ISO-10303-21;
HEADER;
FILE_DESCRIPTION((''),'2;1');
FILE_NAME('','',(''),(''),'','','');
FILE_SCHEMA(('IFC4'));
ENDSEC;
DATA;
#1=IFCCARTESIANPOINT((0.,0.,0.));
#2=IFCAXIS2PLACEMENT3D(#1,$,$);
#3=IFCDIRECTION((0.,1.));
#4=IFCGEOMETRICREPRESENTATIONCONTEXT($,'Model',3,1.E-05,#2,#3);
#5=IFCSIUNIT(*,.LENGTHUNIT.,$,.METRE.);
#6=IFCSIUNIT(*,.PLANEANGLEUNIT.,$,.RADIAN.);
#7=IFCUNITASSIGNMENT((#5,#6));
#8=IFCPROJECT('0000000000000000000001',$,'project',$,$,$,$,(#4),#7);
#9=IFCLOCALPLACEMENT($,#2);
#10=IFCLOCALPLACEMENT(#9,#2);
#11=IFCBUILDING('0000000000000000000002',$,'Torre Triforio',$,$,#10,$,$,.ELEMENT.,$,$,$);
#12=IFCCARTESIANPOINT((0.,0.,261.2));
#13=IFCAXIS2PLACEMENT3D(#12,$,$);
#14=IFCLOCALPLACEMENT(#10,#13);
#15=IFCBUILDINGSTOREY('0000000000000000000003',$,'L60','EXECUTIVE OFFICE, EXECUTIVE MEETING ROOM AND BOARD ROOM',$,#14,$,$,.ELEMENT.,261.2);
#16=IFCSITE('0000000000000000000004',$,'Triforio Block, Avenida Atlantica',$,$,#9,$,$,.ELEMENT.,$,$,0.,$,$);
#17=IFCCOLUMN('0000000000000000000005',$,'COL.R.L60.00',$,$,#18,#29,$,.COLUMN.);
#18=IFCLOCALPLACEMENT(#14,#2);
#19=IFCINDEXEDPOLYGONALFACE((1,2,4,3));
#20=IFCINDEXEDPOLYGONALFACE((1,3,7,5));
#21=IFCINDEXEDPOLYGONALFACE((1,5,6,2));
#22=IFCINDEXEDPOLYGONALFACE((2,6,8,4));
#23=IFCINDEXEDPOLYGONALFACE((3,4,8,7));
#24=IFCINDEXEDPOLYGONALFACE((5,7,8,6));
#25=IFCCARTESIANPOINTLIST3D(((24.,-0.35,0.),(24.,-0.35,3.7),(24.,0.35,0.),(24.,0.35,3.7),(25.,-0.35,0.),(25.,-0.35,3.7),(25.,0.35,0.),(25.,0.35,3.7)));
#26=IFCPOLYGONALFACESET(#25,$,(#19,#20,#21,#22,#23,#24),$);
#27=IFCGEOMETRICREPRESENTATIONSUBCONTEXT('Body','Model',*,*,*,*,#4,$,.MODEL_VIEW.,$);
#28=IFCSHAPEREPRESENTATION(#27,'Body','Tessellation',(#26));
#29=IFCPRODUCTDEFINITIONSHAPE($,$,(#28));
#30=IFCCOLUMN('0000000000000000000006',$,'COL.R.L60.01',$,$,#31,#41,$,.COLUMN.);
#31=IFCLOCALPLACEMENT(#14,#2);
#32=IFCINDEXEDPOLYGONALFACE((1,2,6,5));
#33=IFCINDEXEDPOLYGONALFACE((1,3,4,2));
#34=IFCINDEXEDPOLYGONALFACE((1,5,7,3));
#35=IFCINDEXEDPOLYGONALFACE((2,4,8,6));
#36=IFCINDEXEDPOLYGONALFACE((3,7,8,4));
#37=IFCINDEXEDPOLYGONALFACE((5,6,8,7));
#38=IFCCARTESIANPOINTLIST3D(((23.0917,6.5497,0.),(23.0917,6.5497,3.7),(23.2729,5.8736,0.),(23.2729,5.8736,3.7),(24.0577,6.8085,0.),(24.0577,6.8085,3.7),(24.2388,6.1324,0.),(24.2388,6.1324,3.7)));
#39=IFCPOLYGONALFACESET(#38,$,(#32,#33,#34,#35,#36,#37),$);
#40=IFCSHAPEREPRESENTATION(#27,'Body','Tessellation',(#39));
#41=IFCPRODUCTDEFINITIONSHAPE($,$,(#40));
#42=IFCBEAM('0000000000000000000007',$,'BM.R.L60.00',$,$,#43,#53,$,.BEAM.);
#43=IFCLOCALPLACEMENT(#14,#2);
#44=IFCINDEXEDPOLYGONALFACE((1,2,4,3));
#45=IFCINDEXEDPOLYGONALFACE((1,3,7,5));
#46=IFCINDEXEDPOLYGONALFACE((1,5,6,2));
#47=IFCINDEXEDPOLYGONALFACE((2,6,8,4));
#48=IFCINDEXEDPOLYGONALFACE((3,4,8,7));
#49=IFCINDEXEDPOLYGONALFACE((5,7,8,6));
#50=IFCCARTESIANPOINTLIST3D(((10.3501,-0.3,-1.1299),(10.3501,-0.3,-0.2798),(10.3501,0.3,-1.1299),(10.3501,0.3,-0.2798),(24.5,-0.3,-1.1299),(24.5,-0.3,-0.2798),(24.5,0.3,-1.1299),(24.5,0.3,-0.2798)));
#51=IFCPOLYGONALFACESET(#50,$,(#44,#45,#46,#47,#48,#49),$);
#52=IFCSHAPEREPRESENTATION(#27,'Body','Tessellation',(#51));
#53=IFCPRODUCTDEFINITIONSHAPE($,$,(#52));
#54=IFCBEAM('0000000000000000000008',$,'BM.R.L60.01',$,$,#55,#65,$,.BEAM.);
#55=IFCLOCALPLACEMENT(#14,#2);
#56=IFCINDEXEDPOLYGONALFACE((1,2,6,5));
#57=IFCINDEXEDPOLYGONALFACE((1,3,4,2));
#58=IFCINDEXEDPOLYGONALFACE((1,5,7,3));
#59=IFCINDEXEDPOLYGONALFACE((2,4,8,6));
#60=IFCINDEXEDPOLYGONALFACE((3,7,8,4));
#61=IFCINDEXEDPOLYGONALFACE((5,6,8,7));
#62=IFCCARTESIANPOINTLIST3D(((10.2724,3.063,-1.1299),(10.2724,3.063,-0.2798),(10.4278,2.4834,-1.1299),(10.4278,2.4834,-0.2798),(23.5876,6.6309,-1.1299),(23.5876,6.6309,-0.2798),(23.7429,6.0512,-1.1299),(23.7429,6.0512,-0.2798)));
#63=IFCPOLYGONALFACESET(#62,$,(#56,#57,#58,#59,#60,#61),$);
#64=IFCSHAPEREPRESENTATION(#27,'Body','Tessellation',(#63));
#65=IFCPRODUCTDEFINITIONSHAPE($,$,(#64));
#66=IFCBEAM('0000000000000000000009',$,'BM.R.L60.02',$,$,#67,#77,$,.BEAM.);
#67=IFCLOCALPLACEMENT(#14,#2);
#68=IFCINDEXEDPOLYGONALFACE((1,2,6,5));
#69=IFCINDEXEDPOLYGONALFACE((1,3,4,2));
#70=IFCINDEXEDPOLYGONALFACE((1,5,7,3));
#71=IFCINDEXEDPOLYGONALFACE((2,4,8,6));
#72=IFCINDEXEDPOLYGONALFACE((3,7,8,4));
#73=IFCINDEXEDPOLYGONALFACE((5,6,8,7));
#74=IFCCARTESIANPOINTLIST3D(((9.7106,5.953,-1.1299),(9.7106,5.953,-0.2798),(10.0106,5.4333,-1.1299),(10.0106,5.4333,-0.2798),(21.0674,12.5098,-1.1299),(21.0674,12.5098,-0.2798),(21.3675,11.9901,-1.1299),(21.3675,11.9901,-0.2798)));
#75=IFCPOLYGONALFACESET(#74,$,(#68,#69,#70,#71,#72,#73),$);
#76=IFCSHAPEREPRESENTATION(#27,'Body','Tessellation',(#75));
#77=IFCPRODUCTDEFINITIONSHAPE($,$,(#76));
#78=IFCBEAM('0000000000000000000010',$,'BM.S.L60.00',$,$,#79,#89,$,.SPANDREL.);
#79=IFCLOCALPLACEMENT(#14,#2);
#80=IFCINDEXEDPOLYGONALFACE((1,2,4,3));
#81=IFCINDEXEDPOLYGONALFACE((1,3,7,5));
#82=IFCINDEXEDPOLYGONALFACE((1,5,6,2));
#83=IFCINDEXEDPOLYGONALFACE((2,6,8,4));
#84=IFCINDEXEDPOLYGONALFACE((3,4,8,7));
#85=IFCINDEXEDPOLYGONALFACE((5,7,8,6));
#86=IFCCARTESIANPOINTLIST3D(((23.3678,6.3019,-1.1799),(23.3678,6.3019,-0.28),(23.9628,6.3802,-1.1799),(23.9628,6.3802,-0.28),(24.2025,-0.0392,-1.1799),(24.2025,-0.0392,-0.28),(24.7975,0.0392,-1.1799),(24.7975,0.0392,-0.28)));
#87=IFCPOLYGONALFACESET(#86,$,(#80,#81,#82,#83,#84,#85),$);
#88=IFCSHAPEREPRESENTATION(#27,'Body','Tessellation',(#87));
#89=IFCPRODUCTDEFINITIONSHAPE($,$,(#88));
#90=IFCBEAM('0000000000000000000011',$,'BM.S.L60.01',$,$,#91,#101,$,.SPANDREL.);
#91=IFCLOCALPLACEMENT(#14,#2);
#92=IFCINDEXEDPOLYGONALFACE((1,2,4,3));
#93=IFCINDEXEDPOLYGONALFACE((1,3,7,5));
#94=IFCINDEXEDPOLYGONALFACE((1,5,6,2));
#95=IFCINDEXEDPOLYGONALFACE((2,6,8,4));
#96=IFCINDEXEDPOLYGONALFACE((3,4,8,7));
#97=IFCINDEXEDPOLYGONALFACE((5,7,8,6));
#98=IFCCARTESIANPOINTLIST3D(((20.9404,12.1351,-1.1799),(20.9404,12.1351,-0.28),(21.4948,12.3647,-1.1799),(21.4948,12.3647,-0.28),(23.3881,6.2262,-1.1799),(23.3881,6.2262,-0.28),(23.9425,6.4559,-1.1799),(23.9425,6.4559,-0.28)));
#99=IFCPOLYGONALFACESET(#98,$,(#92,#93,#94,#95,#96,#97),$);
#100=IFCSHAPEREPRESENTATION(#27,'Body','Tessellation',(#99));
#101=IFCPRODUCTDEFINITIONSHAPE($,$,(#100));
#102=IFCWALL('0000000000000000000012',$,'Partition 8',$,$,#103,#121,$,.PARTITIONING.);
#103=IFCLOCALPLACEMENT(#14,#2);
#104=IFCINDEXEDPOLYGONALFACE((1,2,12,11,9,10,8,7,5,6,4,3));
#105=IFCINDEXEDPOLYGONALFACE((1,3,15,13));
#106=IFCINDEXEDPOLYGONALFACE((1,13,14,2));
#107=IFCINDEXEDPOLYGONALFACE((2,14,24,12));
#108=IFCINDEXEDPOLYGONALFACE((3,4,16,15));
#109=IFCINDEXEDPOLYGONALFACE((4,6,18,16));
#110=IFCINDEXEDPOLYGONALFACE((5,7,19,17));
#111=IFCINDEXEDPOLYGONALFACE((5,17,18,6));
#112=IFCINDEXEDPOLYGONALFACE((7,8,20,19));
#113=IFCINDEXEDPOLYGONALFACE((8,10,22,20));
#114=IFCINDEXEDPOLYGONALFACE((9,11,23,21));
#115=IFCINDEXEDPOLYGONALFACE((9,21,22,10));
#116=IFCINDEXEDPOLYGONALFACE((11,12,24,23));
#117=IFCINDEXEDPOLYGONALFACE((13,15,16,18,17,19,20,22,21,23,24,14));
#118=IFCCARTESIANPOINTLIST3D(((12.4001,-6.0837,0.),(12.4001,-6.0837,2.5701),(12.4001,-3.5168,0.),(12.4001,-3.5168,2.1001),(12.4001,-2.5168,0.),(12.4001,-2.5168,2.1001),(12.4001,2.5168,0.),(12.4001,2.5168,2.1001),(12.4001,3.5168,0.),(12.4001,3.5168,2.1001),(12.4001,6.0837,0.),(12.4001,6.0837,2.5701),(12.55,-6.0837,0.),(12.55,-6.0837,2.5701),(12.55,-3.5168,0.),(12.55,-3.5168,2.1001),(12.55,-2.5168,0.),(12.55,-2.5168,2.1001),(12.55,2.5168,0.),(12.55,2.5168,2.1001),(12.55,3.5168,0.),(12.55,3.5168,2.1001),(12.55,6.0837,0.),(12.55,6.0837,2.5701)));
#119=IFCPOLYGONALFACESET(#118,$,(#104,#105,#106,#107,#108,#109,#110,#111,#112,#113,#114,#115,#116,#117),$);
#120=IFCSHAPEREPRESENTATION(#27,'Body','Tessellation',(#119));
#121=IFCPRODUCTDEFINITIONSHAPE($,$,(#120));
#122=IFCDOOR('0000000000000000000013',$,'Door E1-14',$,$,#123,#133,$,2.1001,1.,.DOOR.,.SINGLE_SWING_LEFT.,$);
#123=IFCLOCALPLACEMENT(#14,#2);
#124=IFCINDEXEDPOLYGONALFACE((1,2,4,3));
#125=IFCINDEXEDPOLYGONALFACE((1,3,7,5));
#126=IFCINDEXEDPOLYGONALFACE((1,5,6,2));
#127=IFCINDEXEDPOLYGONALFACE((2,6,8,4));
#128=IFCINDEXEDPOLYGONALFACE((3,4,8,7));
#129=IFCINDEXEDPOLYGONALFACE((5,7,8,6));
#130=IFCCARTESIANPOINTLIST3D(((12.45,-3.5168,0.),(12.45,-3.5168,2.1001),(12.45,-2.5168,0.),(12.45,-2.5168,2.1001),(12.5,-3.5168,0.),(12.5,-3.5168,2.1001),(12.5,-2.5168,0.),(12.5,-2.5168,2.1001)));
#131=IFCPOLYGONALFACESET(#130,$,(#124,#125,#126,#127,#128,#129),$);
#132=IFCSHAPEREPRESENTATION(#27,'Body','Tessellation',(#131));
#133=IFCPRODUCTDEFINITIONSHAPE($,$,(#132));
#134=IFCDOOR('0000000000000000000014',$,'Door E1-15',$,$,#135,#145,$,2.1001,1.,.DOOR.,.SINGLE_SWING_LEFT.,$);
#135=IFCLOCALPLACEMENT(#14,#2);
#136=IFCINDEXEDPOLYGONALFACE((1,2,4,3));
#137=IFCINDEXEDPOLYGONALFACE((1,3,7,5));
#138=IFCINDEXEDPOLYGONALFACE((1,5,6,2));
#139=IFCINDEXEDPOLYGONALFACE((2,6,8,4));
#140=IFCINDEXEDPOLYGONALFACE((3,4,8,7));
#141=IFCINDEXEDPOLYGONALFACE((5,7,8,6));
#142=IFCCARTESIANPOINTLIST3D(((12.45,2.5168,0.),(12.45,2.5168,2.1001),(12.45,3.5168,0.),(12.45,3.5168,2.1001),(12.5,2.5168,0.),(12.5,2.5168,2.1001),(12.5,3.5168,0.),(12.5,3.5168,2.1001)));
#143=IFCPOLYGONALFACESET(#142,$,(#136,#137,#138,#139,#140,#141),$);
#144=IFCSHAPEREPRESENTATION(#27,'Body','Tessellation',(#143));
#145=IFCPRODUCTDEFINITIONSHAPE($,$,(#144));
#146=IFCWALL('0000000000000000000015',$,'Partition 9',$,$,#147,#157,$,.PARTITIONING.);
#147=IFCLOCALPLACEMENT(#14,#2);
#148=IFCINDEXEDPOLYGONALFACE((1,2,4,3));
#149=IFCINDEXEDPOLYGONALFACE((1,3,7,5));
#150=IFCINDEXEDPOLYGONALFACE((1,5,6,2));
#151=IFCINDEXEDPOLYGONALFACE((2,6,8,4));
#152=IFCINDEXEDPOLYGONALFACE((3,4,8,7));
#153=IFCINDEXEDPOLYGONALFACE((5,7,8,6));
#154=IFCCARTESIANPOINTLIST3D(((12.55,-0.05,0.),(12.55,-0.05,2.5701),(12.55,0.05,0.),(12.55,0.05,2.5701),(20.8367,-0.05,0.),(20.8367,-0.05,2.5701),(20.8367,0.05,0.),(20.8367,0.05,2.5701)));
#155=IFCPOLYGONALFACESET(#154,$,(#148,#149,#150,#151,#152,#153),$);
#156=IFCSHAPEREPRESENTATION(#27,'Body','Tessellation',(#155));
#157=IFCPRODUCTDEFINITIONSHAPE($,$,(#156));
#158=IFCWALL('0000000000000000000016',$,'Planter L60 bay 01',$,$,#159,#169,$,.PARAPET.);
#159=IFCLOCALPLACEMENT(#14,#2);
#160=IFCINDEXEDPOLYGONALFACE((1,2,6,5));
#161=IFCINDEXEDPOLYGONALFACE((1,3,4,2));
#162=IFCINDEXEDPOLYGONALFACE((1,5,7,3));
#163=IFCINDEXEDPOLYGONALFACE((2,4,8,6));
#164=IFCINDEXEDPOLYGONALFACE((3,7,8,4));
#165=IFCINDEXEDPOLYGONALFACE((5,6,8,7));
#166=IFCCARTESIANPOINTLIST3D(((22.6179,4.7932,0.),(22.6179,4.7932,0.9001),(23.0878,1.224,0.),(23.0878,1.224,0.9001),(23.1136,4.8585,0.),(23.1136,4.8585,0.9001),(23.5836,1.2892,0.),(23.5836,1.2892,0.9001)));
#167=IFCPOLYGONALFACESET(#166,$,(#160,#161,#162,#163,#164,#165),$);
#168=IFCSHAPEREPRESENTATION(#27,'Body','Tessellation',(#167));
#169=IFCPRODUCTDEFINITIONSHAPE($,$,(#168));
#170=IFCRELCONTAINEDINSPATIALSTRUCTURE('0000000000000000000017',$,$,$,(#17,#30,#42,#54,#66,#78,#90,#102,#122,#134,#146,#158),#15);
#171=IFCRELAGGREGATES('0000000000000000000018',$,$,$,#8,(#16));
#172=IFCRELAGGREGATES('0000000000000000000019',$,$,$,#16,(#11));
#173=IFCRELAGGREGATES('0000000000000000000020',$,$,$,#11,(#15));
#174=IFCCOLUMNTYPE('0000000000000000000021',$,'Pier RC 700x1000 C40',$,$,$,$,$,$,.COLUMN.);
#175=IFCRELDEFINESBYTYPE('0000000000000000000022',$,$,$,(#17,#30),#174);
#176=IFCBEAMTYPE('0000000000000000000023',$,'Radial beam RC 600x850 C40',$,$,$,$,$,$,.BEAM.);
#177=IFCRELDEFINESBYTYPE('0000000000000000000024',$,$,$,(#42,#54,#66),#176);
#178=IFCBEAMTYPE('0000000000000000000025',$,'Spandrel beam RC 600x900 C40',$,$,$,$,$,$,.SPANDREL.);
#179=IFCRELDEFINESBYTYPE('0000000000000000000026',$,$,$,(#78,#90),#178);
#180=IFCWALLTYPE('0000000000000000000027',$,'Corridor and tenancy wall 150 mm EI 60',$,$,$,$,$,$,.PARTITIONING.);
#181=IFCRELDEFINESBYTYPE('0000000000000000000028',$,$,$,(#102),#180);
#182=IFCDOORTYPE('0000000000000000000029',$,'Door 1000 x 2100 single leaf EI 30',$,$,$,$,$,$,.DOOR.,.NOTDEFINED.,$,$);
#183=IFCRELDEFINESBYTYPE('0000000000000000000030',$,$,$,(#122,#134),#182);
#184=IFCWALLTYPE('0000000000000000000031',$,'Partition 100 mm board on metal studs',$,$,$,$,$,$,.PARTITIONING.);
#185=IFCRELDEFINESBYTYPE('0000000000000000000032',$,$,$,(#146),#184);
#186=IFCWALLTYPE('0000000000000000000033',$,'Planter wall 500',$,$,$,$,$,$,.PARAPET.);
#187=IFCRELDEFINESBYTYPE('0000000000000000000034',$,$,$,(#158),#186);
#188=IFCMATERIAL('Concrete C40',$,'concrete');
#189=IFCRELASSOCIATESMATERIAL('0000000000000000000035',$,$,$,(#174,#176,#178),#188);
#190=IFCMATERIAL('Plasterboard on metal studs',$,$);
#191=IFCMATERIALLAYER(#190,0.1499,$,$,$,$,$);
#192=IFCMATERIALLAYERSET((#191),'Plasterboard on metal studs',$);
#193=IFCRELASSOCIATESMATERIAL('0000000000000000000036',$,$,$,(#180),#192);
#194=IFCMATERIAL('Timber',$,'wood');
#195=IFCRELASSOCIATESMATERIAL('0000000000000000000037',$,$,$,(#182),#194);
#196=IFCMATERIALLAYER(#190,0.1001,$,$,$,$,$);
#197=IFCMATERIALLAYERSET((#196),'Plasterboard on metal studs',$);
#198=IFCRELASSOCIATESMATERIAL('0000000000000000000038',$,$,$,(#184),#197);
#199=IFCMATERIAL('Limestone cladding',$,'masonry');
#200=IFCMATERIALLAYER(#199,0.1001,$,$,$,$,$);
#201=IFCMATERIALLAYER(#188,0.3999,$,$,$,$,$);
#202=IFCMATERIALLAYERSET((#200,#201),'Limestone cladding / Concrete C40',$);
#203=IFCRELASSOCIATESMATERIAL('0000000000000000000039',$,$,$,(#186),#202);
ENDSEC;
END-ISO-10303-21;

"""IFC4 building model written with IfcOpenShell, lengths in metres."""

from ifc_helpers import new_model, si_unit, direction, frame, frame_2d, origin, origin_2d, place, context, subcontext, project, spatial, rectangle, extrude, material, layer, layer_set, material_profile, profile_set, type_object, element, fill, save


model = new_model("IFC4")

# Units and contexts
model_context = context("Model", 3, precision=1e-05, world=origin(), true_north=direction((0.0, 1.0)))
body_context = subcontext(model_context, "Body", "Model", "MODEL_VIEW")
ifc_project = project(units=[si_unit("LENGTHUNIT", "METRE"), si_unit("PLANEANGLEUNIT", "RADIAN")], contexts=[model_context])

# Site, building, storey
site_placement = place(None, origin())
site = spatial("IfcSite", under=ifc_project, at=site_placement, Name="Triforio Block, Avenida Atlantica", CompositionType="ELEMENT", RefElevation=0.0)
building_placement = place(site_placement, origin())
building = spatial("IfcBuilding", under=site, at=building_placement, Name="Torre Triforio", CompositionType="ELEMENT")
storey_placement = place(building_placement, frame((0.0, 0.0, 261.2)))
storey = spatial("IfcBuildingStorey", under=building, at=storey_placement, Name="L60", Description="EXECUTIVE OFFICE, EXECUTIVE MEETING ROOM AND BOARD ROOM", CompositionType="ELEMENT", Elevation=261.2)

# Columns
ifc_material_1 = material(Name="Concrete C40", Category="concrete")
ifc_material_profile_1 = material_profile(ifc_material_1, rectangle(XDim=0.7, YDim=1.0, at=origin_2d()), Name="RC 700x1000")
ifc_profile_set_1 = profile_set([ifc_material_profile_1], Name="Concrete C40")
column_type = type_object("IfcColumnType", Name="Pier RC 700x1000 C40", PredefinedType="COLUMN", material=ifc_profile_set_1)
for number, where, z_axis, x_axis, name in (
    (1, (24.5, 0.0, 0.0), (0.0, 0.0, 1.0), (0.0, 1.0, 0.0), "COL.R.L60.00"),
    (2, (23.6653, 6.3411, 0.0), (0.0, 0.0, 1.0), (-0.258819, 0.965926, 0.0), "COL.R.L60.01"),
):
    element("IfcColumn", number, at=place(storey_placement, frame(where, z_axis=z_axis, x_axis=x_axis)), inside=storey, type_object=column_type, Name=name, PredefinedType="COLUMN", context=body_context, shape_type="SweptSolid", body=[
        extrude(rectangle(XDim=0.7, YDim=1.0, at=origin_2d()), origin(), (0.0, 0.0, 1.0), 3.7),
    ])

# Beams
ifc_material_profile_2 = material_profile(ifc_material_1, rectangle(XDim=0.6001, YDim=0.8501, at=origin_2d()), Name="RC 600x850")
ifc_profile_set_2 = profile_set([ifc_material_profile_2], Name="Concrete C40")
beam_type_1 = type_object("IfcBeamType", Name="Radial beam RC 600x850 C40", PredefinedType="BEAM", material=ifc_profile_set_2)
beam_1_placement = place(storey_placement, frame((10.3501, 0.0, -0.7048), z_axis=(1.0, 0.0, 0.0), x_axis=(0.0, 1.0, 0.0)))
element("IfcBeam", 3, at=beam_1_placement, inside=storey, type_object=beam_type_1, Name="BM.R.L60.00", PredefinedType="BEAM", context=body_context, shape_type="SweptSolid", body=[
    extrude(rectangle(XDim=0.6001, YDim=0.8501, at=origin_2d()), origin(), (0.0, 0.0, 1.0), 14.1499),
])
beam_2_placement = place(storey_placement, frame((10.3501, 2.7732, -0.7048), z_axis=(0.965924, 0.258824, 0.0), x_axis=(-0.258824, 0.965924, 0.0)))
element("IfcBeam", 4, at=beam_2_placement, inside=storey, type_object=beam_type_1, Name="BM.R.L60.01", PredefinedType="BEAM", context=body_context, shape_type="SweptSolid", body=[
    extrude(rectangle(XDim=0.6001, YDim=0.8501, at=origin_2d()), origin(), (0.0, 0.0, 1.0), 13.7849),
])
beam_3_placement = place(storey_placement, frame((9.8606, 5.6931, -0.7048), z_axis=(0.866027, 0.499997, 0.0), x_axis=(-0.499997, 0.866027, 0.0)))
element("IfcBeam", 5, at=beam_3_placement, inside=storey, type_object=beam_type_1, Name="BM.R.L60.02", PredefinedType="BEAM", context=body_context, shape_type="SweptSolid", body=[
    extrude(rectangle(XDim=0.6001, YDim=0.8501, at=origin_2d()), origin(), (0.0, 0.0, 1.0), 13.1138),
])
ifc_material_profile_3 = material_profile(ifc_material_1, rectangle(XDim=0.6001, YDim=0.8999, at=origin_2d()), Name="RC 600x900")
ifc_profile_set_3 = profile_set([ifc_material_profile_3], Name="Concrete C40")
beam_type_2 = type_object("IfcBeamType", Name="Spandrel beam RC 600x900 C40", PredefinedType="SPANDREL", material=ifc_profile_set_3)
for number, where, z_axis, x_axis, name in (
    (6, (24.5, 0.0, -0.73), (-0.130511, 0.991447, 0.0), (-0.991447, -0.130511, 0.0), "BM.S.L60.00"),
    (7, (23.6653, 6.3411, -0.73), (-0.382709, 0.923869, 0.0), (-0.923869, -0.382709, 0.0), "BM.S.L60.01"),
):
    element("IfcBeam", number, at=place(storey_placement, frame(where, z_axis=z_axis, x_axis=x_axis)), inside=storey, type_object=beam_type_2, Name=name, PredefinedType="SPANDREL", context=body_context, shape_type="SweptSolid", body=[
        extrude(rectangle(XDim=0.6001, YDim=0.8999, at=origin_2d()), origin(), (0.0, 0.0, 1.0), 6.3958),
    ])

# Wall, openings, doors
ifc_material_2 = material(Name="Plasterboard on metal studs")
ifc_layer_1 = layer(ifc_material_2, 0.1499)
ifc_layer_set_1 = layer_set([ifc_layer_1], Name="Plasterboard on metal studs")
wall_type_1 = type_object("IfcWallType", Name="Corridor and tenancy wall 150 mm EI 60", PredefinedType="PARTITIONING", material=ifc_layer_set_1)
wall_1_placement = place(storey_placement, frame((12.4751, 6.0837, 0.0), z_axis=(0.0, 0.0, 1.0), x_axis=(0.0, -1.0, 0.0)))
wall_1 = element("IfcWall", 8, at=wall_1_placement, inside=storey, type_object=wall_type_1, Name="Partition 8", PredefinedType="PARTITIONING", context=body_context, shape_type="SweptSolid", body=[
    extrude(rectangle(XDim=12.1675, YDim=0.1499, at=frame_2d((6.0837, 0.0))), origin(), (0.0, 0.0, 1.0), 2.5701),
])
opening_1_placement = place(wall_1_placement, frame((8.6006, 0.0, 0.0)))
opening_1 = element("IfcOpeningElement", 9, at=opening_1_placement, cuts=wall_1, PredefinedType="OPENING", context=body_context, shape_type="SweptSolid", body=[
    extrude(rectangle(XDim=1.0, YDim=2.1001, at=frame_2d((0.5, 1.05))), frame((0.0, 0.085, 0.0), z_axis=(0.0, -1.0, 0.0), x_axis=(1.0, 0.0, 0.0)), (0.0, 0.0, 1.0), 0.1699),
])
opening_2_placement = place(wall_1_placement, frame((2.5669, 0.0, 0.0)))
opening_2 = element("IfcOpeningElement", 10, at=opening_2_placement, cuts=wall_1, PredefinedType="OPENING", context=body_context, shape_type="SweptSolid", body=[
    extrude(rectangle(XDim=1.0, YDim=2.1001, at=frame_2d((0.5, 1.05))), frame((0.0, 0.085, 0.0), z_axis=(0.0, -1.0, 0.0), x_axis=(1.0, 0.0, 0.0)), (0.0, 0.0, 1.0), 0.1699),
])
ifc_material_3 = material(Name="Timber", Category="wood")
door_type_1 = type_object("IfcDoorType", Name="Door 1000 x 2100 single leaf EI 30", OperationType="NOTDEFINED", PredefinedType="DOOR", material=ifc_material_3)
door_1_placement = place(opening_1_placement, origin())
door_1 = element("IfcDoor", 11, at=door_1_placement, inside=storey, type_object=door_type_1, Name="Door E1-14", OperationType="SINGLE_SWING_LEFT", OverallHeight=2.1001, OverallWidth=1.0, PredefinedType="DOOR", context=body_context, shape_type="SweptSolid", body=[
    extrude(rectangle(XDim=1.0, YDim=2.1001, at=frame_2d((0.5, 1.05))), frame((0.0, 0.0249, 0.0), z_axis=(0.0, -1.0, 0.0), x_axis=(1.0, 0.0, 0.0)), (0.0, 0.0, 1.0), 0.05),
])
fill(opening_1, door_1)
door_2_placement = place(opening_2_placement, origin())
door_2 = element("IfcDoor", 12, at=door_2_placement, inside=storey, type_object=door_type_1, Name="Door E1-15", OperationType="SINGLE_SWING_LEFT", OverallHeight=2.1001, OverallWidth=1.0, PredefinedType="DOOR", context=body_context, shape_type="SweptSolid", body=[
    extrude(rectangle(XDim=1.0, YDim=2.1001, at=frame_2d((0.5, 1.05))), frame((0.0, 0.0249, 0.0), z_axis=(0.0, -1.0, 0.0), x_axis=(1.0, 0.0, 0.0)), (0.0, 0.0, 1.0), 0.05),
])
fill(opening_2, door_2)

# Walls
ifc_layer_2 = layer(ifc_material_2, 0.1001)
ifc_layer_set_2 = layer_set([ifc_layer_2], Name="Plasterboard on metal studs")
wall_type_2 = type_object("IfcWallType", Name="Partition 100 mm board on metal studs", PredefinedType="PARTITIONING", material=ifc_layer_set_2)
wall_2_placement = place(storey_placement, frame((12.55, 0.0, 0.0), z_axis=(0.0, 0.0, 1.0), x_axis=(1.0, 0.0, 0.0)))
element("IfcWall", 13, at=wall_2_placement, inside=storey, type_object=wall_type_2, Name="Partition 9", PredefinedType="PARTITIONING", context=body_context, shape_type="SweptSolid", body=[
    extrude(rectangle(XDim=8.2866, YDim=0.1001, at=frame_2d((4.1433, 0.0))), origin(), (0.0, 0.0, 1.0), 2.5701),
])
ifc_material_4 = material(Name="Limestone cladding", Category="masonry")
ifc_layer_3 = layer(ifc_material_4, 0.1001)
ifc_layer_4 = layer(ifc_material_1, 0.3999)
ifc_layer_set_3 = layer_set([ifc_layer_3, ifc_layer_4], Name="Limestone cladding / Concrete C40")
wall_type_3 = type_object("IfcWallType", Name="Planter wall 500", PredefinedType="PARAPET", material=ifc_layer_set_3)
wall_3_placement = place(storey_placement, frame((23.3357, 1.2566, 0.0), z_axis=(0.0, 0.0, 1.0), x_axis=(-0.130542, 0.991443, 0.0)))
element("IfcWall", 14, at=wall_3_placement, inside=storey, type_object=wall_type_3, Name="Planter L60 bay 01", PredefinedType="PARAPET", context=body_context, shape_type="SweptSolid", body=[
    extrude(rectangle(XDim=3.6001, YDim=0.5, at=frame_2d((1.8, 0.0))), origin(), (0.0, 0.0, 1.0), 0.9001),
])

save(model, "model.ifc")
